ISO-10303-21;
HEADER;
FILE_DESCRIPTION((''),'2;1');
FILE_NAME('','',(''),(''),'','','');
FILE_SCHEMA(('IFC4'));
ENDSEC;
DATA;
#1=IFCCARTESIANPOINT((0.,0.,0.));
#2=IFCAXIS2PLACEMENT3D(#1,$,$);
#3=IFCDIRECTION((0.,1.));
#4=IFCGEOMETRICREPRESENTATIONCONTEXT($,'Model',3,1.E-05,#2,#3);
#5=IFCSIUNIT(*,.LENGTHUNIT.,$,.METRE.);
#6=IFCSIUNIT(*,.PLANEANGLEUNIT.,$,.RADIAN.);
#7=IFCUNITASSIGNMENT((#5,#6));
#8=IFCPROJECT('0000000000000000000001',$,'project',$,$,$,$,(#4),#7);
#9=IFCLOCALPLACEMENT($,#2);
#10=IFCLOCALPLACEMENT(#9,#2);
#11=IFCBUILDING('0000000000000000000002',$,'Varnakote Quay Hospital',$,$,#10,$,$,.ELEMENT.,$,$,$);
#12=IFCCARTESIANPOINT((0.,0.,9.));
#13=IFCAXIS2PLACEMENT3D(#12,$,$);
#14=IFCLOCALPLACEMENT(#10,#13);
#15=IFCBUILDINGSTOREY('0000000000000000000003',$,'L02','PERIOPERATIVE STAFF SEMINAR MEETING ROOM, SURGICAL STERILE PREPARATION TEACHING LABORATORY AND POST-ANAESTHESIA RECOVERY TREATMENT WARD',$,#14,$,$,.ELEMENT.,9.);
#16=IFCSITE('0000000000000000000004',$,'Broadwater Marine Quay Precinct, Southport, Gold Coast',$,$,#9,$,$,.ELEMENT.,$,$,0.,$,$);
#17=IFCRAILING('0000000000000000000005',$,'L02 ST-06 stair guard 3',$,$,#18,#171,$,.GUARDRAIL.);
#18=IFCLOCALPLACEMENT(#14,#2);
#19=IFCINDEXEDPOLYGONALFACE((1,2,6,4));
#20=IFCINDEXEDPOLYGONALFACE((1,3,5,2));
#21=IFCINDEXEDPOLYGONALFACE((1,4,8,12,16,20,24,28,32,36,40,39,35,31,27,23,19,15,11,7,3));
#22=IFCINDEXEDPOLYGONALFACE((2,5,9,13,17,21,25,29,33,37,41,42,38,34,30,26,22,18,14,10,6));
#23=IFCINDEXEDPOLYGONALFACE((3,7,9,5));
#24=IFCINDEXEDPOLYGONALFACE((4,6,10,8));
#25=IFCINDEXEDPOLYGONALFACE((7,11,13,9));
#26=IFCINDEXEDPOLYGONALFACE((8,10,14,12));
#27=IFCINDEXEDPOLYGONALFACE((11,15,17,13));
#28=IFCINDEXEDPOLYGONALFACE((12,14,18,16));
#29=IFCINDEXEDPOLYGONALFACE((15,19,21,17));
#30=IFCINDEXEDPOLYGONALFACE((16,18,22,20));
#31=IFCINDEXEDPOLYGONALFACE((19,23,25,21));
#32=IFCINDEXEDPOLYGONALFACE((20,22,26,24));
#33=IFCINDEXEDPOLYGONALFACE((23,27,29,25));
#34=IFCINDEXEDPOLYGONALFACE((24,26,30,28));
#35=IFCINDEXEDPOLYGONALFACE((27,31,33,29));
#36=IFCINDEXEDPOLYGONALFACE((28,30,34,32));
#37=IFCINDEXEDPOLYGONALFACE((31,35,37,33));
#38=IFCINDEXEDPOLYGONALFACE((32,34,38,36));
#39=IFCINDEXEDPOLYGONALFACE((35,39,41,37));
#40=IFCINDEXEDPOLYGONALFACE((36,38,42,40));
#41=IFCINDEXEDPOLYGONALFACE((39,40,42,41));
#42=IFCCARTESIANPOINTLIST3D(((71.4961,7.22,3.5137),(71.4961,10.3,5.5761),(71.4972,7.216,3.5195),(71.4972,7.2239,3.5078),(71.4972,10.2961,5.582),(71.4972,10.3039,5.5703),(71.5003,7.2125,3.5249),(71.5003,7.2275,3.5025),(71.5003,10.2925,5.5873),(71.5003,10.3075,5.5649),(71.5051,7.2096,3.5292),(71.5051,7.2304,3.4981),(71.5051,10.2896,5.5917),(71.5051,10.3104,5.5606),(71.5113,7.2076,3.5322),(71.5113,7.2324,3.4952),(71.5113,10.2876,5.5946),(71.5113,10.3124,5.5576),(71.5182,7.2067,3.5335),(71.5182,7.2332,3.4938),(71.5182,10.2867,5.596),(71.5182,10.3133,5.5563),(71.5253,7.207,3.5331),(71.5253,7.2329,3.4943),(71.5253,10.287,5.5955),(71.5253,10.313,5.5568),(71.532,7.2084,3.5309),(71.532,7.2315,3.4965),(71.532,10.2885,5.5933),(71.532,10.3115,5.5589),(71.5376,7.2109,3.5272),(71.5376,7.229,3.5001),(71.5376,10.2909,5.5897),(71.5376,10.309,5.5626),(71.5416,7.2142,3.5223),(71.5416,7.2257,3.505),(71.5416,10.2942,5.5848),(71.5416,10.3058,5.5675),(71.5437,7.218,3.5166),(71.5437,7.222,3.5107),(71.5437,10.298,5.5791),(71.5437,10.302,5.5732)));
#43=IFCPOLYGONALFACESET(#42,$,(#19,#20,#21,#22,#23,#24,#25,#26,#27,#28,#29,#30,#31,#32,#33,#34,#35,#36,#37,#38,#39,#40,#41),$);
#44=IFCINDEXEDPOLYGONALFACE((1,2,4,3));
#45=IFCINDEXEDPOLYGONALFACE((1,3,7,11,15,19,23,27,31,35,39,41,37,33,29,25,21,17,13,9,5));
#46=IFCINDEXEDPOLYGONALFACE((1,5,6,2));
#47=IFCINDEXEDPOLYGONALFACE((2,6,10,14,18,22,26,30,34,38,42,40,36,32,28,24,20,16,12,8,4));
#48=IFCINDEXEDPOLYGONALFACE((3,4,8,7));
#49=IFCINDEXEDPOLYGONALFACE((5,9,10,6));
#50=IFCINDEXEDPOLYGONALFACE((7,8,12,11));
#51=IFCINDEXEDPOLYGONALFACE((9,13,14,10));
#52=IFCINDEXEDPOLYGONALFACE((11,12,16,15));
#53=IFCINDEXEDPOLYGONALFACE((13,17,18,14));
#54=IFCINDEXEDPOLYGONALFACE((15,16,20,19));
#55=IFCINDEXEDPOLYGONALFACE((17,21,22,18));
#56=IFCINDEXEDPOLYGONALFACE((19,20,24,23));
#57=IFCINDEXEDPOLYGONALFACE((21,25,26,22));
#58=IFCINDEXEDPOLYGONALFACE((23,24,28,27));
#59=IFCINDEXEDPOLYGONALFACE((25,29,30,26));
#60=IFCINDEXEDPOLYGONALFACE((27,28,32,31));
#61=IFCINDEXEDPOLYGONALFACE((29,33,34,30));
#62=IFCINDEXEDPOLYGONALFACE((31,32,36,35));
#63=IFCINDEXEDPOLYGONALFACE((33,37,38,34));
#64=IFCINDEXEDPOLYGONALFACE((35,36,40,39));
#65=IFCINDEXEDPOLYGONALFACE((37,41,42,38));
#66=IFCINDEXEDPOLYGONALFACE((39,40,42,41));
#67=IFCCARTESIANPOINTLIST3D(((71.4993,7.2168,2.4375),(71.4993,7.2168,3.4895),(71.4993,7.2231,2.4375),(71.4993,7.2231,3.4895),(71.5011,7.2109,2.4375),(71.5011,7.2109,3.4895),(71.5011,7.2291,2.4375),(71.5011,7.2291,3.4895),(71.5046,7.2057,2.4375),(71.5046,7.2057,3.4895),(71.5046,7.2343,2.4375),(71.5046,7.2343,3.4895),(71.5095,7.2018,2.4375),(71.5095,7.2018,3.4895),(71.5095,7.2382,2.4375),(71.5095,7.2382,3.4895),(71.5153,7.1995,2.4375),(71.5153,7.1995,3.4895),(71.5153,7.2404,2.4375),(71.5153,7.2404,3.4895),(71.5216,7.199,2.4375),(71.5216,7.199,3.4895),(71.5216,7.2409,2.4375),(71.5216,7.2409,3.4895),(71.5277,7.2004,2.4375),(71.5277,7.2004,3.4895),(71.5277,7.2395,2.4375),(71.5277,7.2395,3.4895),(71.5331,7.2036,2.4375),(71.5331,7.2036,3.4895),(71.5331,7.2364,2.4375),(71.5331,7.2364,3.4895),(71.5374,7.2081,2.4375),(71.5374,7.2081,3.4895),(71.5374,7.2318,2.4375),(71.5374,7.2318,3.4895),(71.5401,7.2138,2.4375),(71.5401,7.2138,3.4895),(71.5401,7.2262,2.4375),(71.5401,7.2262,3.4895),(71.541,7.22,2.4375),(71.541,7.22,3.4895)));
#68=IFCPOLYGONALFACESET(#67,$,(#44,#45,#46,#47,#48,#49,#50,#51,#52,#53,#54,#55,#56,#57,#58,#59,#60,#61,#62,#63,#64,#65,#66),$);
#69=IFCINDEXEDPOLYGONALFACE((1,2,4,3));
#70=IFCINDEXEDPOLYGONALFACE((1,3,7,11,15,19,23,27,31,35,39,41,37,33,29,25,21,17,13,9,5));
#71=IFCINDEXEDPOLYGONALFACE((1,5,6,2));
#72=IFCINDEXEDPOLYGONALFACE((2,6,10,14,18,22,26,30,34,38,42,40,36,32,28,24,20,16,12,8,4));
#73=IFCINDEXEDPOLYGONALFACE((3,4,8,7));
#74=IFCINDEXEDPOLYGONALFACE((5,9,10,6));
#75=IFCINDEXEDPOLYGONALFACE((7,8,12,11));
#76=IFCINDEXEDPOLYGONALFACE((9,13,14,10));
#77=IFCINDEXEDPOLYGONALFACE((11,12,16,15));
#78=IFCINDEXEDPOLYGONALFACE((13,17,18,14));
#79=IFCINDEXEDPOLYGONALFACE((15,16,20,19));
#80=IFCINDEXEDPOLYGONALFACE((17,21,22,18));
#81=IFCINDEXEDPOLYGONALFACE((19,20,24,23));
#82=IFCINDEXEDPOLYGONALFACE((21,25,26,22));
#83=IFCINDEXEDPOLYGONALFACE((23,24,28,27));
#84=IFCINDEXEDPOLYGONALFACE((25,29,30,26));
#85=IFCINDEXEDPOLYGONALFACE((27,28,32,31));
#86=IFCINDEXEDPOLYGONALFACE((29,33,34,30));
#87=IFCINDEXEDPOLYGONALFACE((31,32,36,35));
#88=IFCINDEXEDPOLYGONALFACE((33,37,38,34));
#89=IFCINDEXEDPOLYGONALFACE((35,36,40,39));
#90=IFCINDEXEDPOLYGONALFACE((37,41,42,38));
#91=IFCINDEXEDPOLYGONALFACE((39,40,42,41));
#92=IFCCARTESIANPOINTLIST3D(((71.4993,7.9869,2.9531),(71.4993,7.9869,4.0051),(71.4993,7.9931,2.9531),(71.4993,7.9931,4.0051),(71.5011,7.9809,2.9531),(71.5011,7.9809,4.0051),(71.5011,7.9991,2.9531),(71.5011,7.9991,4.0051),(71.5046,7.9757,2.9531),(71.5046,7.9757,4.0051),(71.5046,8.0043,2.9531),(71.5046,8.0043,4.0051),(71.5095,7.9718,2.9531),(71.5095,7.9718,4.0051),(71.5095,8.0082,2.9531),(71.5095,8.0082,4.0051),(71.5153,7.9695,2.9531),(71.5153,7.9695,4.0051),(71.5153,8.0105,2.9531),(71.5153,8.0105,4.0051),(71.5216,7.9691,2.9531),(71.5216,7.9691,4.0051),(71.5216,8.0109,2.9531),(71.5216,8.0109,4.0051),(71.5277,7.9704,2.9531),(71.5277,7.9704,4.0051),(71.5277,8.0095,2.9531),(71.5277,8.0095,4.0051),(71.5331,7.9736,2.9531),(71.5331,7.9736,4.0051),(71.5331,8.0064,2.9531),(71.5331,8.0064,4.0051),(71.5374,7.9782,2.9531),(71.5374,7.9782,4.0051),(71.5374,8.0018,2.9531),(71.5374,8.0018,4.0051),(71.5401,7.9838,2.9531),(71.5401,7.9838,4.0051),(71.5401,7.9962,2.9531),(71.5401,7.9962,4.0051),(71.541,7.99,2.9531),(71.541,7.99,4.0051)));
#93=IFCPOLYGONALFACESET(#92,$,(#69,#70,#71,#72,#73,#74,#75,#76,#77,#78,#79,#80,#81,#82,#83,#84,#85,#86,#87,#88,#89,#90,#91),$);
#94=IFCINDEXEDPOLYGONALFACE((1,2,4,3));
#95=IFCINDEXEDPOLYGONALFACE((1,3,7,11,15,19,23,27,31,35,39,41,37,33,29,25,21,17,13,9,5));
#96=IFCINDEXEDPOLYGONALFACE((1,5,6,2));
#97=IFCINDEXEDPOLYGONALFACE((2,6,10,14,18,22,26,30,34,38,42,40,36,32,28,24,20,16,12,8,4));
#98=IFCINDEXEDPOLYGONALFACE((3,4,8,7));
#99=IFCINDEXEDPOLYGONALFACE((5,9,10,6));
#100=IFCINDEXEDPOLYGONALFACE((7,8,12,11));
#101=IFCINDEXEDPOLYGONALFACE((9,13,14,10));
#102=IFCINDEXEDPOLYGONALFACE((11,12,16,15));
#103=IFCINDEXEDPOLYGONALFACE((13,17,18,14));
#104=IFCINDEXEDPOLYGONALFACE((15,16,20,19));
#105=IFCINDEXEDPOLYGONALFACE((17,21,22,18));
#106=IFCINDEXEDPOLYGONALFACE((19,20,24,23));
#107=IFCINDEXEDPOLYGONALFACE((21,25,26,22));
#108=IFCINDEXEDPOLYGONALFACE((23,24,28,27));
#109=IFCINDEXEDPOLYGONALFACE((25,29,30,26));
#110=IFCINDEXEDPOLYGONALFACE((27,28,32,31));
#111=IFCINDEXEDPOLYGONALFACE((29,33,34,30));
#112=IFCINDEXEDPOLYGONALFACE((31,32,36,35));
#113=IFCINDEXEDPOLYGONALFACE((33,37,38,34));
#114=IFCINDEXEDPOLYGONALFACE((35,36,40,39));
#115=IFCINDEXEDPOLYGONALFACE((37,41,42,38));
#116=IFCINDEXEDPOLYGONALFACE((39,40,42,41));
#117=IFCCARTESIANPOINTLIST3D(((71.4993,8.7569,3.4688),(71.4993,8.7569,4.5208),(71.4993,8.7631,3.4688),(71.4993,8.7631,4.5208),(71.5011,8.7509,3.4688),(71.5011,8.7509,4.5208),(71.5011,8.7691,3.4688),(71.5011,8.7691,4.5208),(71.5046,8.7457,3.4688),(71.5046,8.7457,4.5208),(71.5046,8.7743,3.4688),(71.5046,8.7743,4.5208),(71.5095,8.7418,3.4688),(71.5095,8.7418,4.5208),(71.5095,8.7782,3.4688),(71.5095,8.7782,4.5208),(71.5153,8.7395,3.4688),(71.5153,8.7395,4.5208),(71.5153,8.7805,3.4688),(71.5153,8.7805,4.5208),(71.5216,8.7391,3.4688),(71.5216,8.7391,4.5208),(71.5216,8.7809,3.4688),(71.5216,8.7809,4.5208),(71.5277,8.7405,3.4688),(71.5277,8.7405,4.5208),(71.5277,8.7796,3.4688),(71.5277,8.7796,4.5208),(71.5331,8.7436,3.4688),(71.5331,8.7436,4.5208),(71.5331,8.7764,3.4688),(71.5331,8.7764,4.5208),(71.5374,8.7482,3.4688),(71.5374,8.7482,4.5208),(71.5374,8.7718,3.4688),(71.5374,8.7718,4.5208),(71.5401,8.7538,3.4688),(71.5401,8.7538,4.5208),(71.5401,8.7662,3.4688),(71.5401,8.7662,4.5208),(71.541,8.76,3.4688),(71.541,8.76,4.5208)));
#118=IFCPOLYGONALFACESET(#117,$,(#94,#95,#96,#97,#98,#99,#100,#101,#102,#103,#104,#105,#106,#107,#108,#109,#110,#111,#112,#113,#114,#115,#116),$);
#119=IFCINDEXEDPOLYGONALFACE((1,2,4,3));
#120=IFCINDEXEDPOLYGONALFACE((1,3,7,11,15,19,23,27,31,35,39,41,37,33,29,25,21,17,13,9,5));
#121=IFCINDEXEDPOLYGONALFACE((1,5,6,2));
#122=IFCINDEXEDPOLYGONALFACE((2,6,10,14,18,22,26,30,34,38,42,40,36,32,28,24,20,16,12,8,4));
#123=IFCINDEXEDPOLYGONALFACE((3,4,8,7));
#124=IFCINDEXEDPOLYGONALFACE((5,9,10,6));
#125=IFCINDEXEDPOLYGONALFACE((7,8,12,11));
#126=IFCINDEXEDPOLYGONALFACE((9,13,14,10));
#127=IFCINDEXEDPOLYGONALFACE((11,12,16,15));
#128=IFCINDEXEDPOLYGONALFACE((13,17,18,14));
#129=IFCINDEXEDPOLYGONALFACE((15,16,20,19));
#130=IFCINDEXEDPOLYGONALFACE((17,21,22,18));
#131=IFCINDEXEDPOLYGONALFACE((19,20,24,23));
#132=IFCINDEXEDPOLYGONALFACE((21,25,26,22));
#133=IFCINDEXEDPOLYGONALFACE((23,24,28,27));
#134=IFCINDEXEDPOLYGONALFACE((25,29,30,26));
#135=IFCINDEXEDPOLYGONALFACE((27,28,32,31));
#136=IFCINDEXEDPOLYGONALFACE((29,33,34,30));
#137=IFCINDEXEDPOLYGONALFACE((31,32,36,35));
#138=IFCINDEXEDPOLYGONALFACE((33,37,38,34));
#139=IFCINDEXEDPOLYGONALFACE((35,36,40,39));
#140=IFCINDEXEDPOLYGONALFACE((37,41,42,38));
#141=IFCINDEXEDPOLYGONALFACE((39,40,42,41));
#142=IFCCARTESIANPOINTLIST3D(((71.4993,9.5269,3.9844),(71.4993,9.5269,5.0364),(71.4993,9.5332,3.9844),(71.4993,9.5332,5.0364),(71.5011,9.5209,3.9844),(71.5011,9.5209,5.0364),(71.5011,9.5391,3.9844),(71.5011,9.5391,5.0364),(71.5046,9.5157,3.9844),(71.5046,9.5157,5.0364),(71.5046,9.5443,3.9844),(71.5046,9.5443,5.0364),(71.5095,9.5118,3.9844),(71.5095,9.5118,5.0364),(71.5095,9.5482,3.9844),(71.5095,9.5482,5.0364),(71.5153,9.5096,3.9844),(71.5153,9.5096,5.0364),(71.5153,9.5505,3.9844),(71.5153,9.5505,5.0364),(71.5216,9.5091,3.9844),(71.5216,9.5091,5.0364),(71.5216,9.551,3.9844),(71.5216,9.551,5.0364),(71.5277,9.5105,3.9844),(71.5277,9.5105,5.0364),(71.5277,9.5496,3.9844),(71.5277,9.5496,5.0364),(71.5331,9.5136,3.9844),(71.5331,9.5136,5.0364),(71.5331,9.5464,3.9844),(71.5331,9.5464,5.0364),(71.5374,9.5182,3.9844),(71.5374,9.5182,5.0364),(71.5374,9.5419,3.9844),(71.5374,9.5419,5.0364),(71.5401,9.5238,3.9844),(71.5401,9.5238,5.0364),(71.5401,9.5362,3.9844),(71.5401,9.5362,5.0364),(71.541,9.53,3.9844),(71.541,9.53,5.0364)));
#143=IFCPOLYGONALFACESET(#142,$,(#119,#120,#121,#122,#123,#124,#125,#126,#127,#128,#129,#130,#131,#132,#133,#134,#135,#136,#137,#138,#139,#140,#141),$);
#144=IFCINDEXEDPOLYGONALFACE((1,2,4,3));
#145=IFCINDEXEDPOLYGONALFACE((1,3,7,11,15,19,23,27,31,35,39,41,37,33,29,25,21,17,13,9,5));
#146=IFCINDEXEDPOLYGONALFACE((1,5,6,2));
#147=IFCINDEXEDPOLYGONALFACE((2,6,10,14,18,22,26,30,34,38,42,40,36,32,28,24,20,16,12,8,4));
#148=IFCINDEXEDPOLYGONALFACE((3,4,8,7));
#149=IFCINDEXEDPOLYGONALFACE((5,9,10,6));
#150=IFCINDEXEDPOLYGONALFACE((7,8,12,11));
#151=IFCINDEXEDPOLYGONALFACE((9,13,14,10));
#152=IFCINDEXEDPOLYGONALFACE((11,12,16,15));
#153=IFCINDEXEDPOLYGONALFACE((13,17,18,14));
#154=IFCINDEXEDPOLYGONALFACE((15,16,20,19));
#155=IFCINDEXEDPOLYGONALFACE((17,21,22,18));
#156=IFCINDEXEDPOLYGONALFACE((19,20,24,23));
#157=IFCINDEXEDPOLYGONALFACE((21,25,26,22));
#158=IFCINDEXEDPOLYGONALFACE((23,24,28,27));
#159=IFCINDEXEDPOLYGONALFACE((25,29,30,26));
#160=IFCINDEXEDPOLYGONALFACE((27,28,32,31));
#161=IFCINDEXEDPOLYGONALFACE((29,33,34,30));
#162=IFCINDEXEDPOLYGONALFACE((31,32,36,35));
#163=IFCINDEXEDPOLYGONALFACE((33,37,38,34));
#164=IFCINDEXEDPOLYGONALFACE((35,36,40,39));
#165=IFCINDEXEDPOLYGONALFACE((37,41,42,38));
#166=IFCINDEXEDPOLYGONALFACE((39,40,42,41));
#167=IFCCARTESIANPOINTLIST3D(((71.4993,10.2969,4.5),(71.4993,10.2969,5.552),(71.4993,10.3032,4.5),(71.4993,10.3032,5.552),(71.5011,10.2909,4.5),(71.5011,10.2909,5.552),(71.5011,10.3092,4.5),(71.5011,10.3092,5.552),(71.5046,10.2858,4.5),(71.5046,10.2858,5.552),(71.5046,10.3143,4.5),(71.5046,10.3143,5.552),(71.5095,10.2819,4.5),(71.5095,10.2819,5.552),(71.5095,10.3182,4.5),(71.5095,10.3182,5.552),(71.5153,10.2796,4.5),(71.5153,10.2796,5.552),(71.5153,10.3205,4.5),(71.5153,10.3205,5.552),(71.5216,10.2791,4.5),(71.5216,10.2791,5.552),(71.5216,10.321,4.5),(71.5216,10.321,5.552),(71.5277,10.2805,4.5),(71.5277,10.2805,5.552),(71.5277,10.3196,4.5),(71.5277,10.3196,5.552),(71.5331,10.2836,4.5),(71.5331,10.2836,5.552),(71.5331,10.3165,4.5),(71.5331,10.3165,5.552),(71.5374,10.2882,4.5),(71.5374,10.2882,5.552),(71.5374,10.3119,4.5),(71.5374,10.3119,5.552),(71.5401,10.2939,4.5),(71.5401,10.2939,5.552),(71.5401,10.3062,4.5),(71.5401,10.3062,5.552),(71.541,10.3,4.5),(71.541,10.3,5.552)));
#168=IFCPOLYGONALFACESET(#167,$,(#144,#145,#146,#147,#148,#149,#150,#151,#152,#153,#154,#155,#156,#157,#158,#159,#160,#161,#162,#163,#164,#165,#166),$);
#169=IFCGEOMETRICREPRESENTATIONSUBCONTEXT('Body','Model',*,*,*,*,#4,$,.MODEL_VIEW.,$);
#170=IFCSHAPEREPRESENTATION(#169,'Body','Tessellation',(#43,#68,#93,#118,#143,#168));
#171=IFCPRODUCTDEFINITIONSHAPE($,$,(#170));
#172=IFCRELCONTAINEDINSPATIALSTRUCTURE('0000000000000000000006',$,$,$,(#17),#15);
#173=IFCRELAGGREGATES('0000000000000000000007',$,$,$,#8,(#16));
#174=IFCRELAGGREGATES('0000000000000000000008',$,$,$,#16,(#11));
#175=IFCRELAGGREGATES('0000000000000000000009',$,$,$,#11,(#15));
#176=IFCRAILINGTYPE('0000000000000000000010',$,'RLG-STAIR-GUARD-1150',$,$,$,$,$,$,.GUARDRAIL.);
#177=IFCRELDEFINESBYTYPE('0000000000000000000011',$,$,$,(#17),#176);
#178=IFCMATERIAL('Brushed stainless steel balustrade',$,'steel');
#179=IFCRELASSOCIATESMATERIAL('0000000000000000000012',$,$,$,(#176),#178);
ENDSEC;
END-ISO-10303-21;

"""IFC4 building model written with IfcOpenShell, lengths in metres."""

from ifc_helpers import new_model, si_unit, direction, frame, origin, origin_2d, place, context, subcontext, project, spatial, circle, extrude, material, type_object, element, save


model = new_model("IFC4")

# Units and contexts
model_context = context("Model", 3, precision=1e-05, world=origin(), true_north=direction((0.0, 1.0)))
body_context = subcontext(model_context, "Body", "Model", "MODEL_VIEW")
ifc_project = project(units=[si_unit("LENGTHUNIT", "METRE"), si_unit("PLANEANGLEUNIT", "RADIAN")], contexts=[model_context])

# Site, building, storey
site_placement = place(None, origin())
site = spatial("IfcSite", under=ifc_project, at=site_placement, Name="Broadwater Marine Quay Precinct, Southport, Gold Coast", CompositionType="ELEMENT", RefElevation=0.0)
building_placement = place(site_placement, origin())
building = spatial("IfcBuilding", under=site, at=building_placement, Name="Varnakote Quay Hospital", CompositionType="ELEMENT")
storey_placement = place(building_placement, frame((0.0, 0.0, 9.0)))
storey = spatial("IfcBuildingStorey", under=building, at=storey_placement, Name="L02", Description="PERIOPERATIVE STAFF SEMINAR MEETING ROOM, SURGICAL STERILE PREPARATION TEACHING LABORATORY AND POST-ANAESTHESIA RECOVERY TREATMENT WARD", CompositionType="ELEMENT", Elevation=9.0)

# Railing
ifc_material_1 = material(Name="Brushed stainless steel balustrade", Category="steel")
railing_type_1 = type_object("IfcRailingType", Name="RLG-STAIR-GUARD-1150", PredefinedType="GUARDRAIL", material=ifc_material_1)
railing_1_placement = place(storey_placement, frame((71.52, 7.22, 2.4375)))
element("IfcRailing", 1, at=railing_1_placement, inside=storey, type_object=railing_type_1, Name="L02 ST-06 stair guard 3", PredefinedType="GUARDRAIL", context=body_context, shape_type="SweptSolid", body=[
    extrude(circle(Radius=0.0239, at=origin_2d()), frame((0.0, 0.0, 1.0762), z_axis=(0.0, 0.830914, 0.556401), x_axis=(-1.0, 0.0, 0.0)), (0.0, 0.0, 1.0), 3.7068),
    extrude(circle(Radius=0.021, at=origin_2d()), origin(), (0.0, 0.0, 1.0), 1.052),
    extrude(circle(Radius=0.021, at=origin_2d()), frame((0.0, 0.77, 0.5156)), (0.0, 0.0, 1.0), 1.052),
    extrude(circle(Radius=0.021, at=origin_2d()), frame((0.0, 1.54, 1.0312)), (0.0, 0.0, 1.0), 1.052),
    extrude(circle(Radius=0.021, at=origin_2d()), frame((0.0, 2.3101, 1.5469)), (0.0, 0.0, 1.0), 1.052),
    extrude(circle(Radius=0.021, at=origin_2d()), frame((0.0, 3.0801, 2.0625)), (0.0, 0.0, 1.0), 1.052),
])

save(model, "model.ifc")
